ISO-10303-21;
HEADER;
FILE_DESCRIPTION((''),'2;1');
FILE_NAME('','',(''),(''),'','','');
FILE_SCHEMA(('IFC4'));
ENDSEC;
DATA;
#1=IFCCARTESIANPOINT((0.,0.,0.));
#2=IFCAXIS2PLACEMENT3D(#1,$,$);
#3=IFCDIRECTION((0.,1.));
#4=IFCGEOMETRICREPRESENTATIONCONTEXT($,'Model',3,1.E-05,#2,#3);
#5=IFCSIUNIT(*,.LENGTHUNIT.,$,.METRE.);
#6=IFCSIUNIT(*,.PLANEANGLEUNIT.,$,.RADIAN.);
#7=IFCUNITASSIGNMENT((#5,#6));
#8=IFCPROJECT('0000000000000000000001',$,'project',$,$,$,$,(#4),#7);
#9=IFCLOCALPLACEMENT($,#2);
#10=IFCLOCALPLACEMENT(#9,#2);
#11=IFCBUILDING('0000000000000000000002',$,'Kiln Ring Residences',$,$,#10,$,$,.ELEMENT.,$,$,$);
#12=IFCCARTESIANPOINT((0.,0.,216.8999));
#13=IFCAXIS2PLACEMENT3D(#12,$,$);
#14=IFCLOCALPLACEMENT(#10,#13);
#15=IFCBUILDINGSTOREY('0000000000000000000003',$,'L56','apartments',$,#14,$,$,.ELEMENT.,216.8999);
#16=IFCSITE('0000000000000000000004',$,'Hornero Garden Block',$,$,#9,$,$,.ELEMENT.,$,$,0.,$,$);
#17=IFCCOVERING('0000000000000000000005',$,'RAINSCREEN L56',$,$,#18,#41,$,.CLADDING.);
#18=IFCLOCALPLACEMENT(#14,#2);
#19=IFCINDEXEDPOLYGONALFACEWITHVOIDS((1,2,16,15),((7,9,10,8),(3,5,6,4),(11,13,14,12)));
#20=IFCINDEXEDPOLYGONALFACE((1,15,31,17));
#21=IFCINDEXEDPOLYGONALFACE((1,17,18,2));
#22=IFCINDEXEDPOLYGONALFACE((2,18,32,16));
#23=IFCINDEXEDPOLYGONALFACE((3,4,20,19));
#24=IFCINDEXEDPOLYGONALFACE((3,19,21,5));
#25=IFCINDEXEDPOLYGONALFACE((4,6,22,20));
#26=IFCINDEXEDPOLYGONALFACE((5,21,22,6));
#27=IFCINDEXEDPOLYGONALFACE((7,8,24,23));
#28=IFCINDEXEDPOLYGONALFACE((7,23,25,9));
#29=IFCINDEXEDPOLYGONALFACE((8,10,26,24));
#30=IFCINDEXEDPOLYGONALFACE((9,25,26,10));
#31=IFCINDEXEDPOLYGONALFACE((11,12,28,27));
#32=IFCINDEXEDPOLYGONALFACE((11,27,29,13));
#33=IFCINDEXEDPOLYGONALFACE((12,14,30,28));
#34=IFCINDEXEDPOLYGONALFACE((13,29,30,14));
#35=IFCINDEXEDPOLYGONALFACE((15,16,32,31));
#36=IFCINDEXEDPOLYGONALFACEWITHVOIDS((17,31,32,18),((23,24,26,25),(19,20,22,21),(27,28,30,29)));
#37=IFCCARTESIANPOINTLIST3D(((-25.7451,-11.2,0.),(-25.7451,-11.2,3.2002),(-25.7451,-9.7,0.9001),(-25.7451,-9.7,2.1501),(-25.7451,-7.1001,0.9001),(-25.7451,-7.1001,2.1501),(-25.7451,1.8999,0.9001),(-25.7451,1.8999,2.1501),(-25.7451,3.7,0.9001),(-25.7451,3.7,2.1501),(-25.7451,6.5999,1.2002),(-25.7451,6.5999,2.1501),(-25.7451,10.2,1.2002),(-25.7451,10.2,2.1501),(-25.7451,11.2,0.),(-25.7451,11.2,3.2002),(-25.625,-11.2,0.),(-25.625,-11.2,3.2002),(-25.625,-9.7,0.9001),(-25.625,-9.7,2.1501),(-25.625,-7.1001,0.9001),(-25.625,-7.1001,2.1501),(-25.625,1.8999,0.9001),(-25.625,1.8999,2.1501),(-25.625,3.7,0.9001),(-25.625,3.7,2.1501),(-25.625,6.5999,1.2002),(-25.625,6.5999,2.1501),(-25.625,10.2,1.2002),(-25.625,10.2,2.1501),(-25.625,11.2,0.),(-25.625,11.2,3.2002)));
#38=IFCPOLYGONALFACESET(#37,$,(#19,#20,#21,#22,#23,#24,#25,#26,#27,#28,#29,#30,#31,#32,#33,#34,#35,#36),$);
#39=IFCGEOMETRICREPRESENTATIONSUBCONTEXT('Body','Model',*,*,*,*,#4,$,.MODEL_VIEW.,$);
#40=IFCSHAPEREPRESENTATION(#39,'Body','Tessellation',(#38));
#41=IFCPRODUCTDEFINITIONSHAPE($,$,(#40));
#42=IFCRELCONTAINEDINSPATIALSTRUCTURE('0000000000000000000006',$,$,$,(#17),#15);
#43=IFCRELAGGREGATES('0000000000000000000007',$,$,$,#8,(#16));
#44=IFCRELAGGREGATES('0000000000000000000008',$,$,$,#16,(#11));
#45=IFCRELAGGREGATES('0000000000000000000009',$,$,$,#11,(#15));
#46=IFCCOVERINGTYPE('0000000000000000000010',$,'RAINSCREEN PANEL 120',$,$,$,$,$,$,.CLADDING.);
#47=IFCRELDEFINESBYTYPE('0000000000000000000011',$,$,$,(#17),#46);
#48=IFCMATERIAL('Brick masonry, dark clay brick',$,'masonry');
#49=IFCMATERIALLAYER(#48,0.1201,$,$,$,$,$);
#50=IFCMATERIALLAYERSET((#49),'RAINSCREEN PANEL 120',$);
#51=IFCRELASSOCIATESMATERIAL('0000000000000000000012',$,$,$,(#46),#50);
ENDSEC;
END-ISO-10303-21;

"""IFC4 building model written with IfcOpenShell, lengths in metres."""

from ifc_helpers import new_model, si_unit, direction, frame, origin, place, context, subcontext, project, spatial, polyline, outline, extrude, material, layer, layer_set, type_object, element, save


model = new_model("IFC4")

# Units and contexts
model_context = context("Model", 3, precision=1e-05, world=origin(), true_north=direction((0.0, 1.0)))
body_context = subcontext(model_context, "Body", "Model", "MODEL_VIEW")
ifc_project = project(units=[si_unit("LENGTHUNIT", "METRE"), si_unit("PLANEANGLEUNIT", "RADIAN")], contexts=[model_context])

# Site, building, storey
site_placement = place(None, origin())
site = spatial("IfcSite", under=ifc_project, at=site_placement, Name="Hornero Garden Block", CompositionType="ELEMENT", RefElevation=0.0)
building_placement = place(site_placement, origin())
building = spatial("IfcBuilding", under=site, at=building_placement, Name="Kiln Ring Residences", CompositionType="ELEMENT")
storey_placement = place(building_placement, frame((0.0, 0.0, 216.8999)))
storey = spatial("IfcBuildingStorey", under=building, at=storey_placement, Name="L56", Description="apartments", CompositionType="ELEMENT", Elevation=216.8999)

# Covering
ifc_material_1 = material(Name="Brick masonry, dark clay brick", Category="masonry")
ifc_layer_1 = layer(ifc_material_1, 0.1201)
ifc_layer_set_1 = layer_set([ifc_layer_1], Name="RAINSCREEN PANEL 120")
covering_type_1 = type_object("IfcCoveringType", Name="RAINSCREEN PANEL 120", PredefinedType="CLADDING", material=ifc_layer_set_1)
covering_1_placement = place(storey_placement, frame((-25.6851, 11.2, 0.0), z_axis=(0.0, 0.0, 1.0), x_axis=(0.0, -1.0, 0.0)))
element("IfcCovering", 1, at=covering_1_placement, inside=storey, type_object=covering_type_1, Name="RAINSCREEN L56", PredefinedType="CLADDING", context=body_context, shape_type="SweptSolid", body=[
    extrude(outline(polyline([(0.0, 0.0), (22.3999, 0.0), (22.3999, 3.2002), (0.0, 3.2002), (0.0, 0.0)]), holes=[polyline([(9.3, 2.1501), (7.5, 2.1501), (7.5, 0.9001), (9.3, 0.9001), (9.3, 2.1501)]), polyline([(20.8999, 0.9001), (20.8999, 2.1501), (18.3, 2.1501), (18.3, 0.9001), (20.8999, 0.9001)]), polyline([(4.6001, 1.2002), (4.6001, 2.1501), (1.0, 2.1501), (1.0, 1.2002), (4.6001, 1.2002)])]), frame((0.0, 0.0601, 0.0), z_axis=(0.0, -1.0, 0.0), x_axis=(1.0, 0.0, 0.0)), (0.0, 0.0, 1.0), 0.1201),
])

save(model, "model.ifc")
